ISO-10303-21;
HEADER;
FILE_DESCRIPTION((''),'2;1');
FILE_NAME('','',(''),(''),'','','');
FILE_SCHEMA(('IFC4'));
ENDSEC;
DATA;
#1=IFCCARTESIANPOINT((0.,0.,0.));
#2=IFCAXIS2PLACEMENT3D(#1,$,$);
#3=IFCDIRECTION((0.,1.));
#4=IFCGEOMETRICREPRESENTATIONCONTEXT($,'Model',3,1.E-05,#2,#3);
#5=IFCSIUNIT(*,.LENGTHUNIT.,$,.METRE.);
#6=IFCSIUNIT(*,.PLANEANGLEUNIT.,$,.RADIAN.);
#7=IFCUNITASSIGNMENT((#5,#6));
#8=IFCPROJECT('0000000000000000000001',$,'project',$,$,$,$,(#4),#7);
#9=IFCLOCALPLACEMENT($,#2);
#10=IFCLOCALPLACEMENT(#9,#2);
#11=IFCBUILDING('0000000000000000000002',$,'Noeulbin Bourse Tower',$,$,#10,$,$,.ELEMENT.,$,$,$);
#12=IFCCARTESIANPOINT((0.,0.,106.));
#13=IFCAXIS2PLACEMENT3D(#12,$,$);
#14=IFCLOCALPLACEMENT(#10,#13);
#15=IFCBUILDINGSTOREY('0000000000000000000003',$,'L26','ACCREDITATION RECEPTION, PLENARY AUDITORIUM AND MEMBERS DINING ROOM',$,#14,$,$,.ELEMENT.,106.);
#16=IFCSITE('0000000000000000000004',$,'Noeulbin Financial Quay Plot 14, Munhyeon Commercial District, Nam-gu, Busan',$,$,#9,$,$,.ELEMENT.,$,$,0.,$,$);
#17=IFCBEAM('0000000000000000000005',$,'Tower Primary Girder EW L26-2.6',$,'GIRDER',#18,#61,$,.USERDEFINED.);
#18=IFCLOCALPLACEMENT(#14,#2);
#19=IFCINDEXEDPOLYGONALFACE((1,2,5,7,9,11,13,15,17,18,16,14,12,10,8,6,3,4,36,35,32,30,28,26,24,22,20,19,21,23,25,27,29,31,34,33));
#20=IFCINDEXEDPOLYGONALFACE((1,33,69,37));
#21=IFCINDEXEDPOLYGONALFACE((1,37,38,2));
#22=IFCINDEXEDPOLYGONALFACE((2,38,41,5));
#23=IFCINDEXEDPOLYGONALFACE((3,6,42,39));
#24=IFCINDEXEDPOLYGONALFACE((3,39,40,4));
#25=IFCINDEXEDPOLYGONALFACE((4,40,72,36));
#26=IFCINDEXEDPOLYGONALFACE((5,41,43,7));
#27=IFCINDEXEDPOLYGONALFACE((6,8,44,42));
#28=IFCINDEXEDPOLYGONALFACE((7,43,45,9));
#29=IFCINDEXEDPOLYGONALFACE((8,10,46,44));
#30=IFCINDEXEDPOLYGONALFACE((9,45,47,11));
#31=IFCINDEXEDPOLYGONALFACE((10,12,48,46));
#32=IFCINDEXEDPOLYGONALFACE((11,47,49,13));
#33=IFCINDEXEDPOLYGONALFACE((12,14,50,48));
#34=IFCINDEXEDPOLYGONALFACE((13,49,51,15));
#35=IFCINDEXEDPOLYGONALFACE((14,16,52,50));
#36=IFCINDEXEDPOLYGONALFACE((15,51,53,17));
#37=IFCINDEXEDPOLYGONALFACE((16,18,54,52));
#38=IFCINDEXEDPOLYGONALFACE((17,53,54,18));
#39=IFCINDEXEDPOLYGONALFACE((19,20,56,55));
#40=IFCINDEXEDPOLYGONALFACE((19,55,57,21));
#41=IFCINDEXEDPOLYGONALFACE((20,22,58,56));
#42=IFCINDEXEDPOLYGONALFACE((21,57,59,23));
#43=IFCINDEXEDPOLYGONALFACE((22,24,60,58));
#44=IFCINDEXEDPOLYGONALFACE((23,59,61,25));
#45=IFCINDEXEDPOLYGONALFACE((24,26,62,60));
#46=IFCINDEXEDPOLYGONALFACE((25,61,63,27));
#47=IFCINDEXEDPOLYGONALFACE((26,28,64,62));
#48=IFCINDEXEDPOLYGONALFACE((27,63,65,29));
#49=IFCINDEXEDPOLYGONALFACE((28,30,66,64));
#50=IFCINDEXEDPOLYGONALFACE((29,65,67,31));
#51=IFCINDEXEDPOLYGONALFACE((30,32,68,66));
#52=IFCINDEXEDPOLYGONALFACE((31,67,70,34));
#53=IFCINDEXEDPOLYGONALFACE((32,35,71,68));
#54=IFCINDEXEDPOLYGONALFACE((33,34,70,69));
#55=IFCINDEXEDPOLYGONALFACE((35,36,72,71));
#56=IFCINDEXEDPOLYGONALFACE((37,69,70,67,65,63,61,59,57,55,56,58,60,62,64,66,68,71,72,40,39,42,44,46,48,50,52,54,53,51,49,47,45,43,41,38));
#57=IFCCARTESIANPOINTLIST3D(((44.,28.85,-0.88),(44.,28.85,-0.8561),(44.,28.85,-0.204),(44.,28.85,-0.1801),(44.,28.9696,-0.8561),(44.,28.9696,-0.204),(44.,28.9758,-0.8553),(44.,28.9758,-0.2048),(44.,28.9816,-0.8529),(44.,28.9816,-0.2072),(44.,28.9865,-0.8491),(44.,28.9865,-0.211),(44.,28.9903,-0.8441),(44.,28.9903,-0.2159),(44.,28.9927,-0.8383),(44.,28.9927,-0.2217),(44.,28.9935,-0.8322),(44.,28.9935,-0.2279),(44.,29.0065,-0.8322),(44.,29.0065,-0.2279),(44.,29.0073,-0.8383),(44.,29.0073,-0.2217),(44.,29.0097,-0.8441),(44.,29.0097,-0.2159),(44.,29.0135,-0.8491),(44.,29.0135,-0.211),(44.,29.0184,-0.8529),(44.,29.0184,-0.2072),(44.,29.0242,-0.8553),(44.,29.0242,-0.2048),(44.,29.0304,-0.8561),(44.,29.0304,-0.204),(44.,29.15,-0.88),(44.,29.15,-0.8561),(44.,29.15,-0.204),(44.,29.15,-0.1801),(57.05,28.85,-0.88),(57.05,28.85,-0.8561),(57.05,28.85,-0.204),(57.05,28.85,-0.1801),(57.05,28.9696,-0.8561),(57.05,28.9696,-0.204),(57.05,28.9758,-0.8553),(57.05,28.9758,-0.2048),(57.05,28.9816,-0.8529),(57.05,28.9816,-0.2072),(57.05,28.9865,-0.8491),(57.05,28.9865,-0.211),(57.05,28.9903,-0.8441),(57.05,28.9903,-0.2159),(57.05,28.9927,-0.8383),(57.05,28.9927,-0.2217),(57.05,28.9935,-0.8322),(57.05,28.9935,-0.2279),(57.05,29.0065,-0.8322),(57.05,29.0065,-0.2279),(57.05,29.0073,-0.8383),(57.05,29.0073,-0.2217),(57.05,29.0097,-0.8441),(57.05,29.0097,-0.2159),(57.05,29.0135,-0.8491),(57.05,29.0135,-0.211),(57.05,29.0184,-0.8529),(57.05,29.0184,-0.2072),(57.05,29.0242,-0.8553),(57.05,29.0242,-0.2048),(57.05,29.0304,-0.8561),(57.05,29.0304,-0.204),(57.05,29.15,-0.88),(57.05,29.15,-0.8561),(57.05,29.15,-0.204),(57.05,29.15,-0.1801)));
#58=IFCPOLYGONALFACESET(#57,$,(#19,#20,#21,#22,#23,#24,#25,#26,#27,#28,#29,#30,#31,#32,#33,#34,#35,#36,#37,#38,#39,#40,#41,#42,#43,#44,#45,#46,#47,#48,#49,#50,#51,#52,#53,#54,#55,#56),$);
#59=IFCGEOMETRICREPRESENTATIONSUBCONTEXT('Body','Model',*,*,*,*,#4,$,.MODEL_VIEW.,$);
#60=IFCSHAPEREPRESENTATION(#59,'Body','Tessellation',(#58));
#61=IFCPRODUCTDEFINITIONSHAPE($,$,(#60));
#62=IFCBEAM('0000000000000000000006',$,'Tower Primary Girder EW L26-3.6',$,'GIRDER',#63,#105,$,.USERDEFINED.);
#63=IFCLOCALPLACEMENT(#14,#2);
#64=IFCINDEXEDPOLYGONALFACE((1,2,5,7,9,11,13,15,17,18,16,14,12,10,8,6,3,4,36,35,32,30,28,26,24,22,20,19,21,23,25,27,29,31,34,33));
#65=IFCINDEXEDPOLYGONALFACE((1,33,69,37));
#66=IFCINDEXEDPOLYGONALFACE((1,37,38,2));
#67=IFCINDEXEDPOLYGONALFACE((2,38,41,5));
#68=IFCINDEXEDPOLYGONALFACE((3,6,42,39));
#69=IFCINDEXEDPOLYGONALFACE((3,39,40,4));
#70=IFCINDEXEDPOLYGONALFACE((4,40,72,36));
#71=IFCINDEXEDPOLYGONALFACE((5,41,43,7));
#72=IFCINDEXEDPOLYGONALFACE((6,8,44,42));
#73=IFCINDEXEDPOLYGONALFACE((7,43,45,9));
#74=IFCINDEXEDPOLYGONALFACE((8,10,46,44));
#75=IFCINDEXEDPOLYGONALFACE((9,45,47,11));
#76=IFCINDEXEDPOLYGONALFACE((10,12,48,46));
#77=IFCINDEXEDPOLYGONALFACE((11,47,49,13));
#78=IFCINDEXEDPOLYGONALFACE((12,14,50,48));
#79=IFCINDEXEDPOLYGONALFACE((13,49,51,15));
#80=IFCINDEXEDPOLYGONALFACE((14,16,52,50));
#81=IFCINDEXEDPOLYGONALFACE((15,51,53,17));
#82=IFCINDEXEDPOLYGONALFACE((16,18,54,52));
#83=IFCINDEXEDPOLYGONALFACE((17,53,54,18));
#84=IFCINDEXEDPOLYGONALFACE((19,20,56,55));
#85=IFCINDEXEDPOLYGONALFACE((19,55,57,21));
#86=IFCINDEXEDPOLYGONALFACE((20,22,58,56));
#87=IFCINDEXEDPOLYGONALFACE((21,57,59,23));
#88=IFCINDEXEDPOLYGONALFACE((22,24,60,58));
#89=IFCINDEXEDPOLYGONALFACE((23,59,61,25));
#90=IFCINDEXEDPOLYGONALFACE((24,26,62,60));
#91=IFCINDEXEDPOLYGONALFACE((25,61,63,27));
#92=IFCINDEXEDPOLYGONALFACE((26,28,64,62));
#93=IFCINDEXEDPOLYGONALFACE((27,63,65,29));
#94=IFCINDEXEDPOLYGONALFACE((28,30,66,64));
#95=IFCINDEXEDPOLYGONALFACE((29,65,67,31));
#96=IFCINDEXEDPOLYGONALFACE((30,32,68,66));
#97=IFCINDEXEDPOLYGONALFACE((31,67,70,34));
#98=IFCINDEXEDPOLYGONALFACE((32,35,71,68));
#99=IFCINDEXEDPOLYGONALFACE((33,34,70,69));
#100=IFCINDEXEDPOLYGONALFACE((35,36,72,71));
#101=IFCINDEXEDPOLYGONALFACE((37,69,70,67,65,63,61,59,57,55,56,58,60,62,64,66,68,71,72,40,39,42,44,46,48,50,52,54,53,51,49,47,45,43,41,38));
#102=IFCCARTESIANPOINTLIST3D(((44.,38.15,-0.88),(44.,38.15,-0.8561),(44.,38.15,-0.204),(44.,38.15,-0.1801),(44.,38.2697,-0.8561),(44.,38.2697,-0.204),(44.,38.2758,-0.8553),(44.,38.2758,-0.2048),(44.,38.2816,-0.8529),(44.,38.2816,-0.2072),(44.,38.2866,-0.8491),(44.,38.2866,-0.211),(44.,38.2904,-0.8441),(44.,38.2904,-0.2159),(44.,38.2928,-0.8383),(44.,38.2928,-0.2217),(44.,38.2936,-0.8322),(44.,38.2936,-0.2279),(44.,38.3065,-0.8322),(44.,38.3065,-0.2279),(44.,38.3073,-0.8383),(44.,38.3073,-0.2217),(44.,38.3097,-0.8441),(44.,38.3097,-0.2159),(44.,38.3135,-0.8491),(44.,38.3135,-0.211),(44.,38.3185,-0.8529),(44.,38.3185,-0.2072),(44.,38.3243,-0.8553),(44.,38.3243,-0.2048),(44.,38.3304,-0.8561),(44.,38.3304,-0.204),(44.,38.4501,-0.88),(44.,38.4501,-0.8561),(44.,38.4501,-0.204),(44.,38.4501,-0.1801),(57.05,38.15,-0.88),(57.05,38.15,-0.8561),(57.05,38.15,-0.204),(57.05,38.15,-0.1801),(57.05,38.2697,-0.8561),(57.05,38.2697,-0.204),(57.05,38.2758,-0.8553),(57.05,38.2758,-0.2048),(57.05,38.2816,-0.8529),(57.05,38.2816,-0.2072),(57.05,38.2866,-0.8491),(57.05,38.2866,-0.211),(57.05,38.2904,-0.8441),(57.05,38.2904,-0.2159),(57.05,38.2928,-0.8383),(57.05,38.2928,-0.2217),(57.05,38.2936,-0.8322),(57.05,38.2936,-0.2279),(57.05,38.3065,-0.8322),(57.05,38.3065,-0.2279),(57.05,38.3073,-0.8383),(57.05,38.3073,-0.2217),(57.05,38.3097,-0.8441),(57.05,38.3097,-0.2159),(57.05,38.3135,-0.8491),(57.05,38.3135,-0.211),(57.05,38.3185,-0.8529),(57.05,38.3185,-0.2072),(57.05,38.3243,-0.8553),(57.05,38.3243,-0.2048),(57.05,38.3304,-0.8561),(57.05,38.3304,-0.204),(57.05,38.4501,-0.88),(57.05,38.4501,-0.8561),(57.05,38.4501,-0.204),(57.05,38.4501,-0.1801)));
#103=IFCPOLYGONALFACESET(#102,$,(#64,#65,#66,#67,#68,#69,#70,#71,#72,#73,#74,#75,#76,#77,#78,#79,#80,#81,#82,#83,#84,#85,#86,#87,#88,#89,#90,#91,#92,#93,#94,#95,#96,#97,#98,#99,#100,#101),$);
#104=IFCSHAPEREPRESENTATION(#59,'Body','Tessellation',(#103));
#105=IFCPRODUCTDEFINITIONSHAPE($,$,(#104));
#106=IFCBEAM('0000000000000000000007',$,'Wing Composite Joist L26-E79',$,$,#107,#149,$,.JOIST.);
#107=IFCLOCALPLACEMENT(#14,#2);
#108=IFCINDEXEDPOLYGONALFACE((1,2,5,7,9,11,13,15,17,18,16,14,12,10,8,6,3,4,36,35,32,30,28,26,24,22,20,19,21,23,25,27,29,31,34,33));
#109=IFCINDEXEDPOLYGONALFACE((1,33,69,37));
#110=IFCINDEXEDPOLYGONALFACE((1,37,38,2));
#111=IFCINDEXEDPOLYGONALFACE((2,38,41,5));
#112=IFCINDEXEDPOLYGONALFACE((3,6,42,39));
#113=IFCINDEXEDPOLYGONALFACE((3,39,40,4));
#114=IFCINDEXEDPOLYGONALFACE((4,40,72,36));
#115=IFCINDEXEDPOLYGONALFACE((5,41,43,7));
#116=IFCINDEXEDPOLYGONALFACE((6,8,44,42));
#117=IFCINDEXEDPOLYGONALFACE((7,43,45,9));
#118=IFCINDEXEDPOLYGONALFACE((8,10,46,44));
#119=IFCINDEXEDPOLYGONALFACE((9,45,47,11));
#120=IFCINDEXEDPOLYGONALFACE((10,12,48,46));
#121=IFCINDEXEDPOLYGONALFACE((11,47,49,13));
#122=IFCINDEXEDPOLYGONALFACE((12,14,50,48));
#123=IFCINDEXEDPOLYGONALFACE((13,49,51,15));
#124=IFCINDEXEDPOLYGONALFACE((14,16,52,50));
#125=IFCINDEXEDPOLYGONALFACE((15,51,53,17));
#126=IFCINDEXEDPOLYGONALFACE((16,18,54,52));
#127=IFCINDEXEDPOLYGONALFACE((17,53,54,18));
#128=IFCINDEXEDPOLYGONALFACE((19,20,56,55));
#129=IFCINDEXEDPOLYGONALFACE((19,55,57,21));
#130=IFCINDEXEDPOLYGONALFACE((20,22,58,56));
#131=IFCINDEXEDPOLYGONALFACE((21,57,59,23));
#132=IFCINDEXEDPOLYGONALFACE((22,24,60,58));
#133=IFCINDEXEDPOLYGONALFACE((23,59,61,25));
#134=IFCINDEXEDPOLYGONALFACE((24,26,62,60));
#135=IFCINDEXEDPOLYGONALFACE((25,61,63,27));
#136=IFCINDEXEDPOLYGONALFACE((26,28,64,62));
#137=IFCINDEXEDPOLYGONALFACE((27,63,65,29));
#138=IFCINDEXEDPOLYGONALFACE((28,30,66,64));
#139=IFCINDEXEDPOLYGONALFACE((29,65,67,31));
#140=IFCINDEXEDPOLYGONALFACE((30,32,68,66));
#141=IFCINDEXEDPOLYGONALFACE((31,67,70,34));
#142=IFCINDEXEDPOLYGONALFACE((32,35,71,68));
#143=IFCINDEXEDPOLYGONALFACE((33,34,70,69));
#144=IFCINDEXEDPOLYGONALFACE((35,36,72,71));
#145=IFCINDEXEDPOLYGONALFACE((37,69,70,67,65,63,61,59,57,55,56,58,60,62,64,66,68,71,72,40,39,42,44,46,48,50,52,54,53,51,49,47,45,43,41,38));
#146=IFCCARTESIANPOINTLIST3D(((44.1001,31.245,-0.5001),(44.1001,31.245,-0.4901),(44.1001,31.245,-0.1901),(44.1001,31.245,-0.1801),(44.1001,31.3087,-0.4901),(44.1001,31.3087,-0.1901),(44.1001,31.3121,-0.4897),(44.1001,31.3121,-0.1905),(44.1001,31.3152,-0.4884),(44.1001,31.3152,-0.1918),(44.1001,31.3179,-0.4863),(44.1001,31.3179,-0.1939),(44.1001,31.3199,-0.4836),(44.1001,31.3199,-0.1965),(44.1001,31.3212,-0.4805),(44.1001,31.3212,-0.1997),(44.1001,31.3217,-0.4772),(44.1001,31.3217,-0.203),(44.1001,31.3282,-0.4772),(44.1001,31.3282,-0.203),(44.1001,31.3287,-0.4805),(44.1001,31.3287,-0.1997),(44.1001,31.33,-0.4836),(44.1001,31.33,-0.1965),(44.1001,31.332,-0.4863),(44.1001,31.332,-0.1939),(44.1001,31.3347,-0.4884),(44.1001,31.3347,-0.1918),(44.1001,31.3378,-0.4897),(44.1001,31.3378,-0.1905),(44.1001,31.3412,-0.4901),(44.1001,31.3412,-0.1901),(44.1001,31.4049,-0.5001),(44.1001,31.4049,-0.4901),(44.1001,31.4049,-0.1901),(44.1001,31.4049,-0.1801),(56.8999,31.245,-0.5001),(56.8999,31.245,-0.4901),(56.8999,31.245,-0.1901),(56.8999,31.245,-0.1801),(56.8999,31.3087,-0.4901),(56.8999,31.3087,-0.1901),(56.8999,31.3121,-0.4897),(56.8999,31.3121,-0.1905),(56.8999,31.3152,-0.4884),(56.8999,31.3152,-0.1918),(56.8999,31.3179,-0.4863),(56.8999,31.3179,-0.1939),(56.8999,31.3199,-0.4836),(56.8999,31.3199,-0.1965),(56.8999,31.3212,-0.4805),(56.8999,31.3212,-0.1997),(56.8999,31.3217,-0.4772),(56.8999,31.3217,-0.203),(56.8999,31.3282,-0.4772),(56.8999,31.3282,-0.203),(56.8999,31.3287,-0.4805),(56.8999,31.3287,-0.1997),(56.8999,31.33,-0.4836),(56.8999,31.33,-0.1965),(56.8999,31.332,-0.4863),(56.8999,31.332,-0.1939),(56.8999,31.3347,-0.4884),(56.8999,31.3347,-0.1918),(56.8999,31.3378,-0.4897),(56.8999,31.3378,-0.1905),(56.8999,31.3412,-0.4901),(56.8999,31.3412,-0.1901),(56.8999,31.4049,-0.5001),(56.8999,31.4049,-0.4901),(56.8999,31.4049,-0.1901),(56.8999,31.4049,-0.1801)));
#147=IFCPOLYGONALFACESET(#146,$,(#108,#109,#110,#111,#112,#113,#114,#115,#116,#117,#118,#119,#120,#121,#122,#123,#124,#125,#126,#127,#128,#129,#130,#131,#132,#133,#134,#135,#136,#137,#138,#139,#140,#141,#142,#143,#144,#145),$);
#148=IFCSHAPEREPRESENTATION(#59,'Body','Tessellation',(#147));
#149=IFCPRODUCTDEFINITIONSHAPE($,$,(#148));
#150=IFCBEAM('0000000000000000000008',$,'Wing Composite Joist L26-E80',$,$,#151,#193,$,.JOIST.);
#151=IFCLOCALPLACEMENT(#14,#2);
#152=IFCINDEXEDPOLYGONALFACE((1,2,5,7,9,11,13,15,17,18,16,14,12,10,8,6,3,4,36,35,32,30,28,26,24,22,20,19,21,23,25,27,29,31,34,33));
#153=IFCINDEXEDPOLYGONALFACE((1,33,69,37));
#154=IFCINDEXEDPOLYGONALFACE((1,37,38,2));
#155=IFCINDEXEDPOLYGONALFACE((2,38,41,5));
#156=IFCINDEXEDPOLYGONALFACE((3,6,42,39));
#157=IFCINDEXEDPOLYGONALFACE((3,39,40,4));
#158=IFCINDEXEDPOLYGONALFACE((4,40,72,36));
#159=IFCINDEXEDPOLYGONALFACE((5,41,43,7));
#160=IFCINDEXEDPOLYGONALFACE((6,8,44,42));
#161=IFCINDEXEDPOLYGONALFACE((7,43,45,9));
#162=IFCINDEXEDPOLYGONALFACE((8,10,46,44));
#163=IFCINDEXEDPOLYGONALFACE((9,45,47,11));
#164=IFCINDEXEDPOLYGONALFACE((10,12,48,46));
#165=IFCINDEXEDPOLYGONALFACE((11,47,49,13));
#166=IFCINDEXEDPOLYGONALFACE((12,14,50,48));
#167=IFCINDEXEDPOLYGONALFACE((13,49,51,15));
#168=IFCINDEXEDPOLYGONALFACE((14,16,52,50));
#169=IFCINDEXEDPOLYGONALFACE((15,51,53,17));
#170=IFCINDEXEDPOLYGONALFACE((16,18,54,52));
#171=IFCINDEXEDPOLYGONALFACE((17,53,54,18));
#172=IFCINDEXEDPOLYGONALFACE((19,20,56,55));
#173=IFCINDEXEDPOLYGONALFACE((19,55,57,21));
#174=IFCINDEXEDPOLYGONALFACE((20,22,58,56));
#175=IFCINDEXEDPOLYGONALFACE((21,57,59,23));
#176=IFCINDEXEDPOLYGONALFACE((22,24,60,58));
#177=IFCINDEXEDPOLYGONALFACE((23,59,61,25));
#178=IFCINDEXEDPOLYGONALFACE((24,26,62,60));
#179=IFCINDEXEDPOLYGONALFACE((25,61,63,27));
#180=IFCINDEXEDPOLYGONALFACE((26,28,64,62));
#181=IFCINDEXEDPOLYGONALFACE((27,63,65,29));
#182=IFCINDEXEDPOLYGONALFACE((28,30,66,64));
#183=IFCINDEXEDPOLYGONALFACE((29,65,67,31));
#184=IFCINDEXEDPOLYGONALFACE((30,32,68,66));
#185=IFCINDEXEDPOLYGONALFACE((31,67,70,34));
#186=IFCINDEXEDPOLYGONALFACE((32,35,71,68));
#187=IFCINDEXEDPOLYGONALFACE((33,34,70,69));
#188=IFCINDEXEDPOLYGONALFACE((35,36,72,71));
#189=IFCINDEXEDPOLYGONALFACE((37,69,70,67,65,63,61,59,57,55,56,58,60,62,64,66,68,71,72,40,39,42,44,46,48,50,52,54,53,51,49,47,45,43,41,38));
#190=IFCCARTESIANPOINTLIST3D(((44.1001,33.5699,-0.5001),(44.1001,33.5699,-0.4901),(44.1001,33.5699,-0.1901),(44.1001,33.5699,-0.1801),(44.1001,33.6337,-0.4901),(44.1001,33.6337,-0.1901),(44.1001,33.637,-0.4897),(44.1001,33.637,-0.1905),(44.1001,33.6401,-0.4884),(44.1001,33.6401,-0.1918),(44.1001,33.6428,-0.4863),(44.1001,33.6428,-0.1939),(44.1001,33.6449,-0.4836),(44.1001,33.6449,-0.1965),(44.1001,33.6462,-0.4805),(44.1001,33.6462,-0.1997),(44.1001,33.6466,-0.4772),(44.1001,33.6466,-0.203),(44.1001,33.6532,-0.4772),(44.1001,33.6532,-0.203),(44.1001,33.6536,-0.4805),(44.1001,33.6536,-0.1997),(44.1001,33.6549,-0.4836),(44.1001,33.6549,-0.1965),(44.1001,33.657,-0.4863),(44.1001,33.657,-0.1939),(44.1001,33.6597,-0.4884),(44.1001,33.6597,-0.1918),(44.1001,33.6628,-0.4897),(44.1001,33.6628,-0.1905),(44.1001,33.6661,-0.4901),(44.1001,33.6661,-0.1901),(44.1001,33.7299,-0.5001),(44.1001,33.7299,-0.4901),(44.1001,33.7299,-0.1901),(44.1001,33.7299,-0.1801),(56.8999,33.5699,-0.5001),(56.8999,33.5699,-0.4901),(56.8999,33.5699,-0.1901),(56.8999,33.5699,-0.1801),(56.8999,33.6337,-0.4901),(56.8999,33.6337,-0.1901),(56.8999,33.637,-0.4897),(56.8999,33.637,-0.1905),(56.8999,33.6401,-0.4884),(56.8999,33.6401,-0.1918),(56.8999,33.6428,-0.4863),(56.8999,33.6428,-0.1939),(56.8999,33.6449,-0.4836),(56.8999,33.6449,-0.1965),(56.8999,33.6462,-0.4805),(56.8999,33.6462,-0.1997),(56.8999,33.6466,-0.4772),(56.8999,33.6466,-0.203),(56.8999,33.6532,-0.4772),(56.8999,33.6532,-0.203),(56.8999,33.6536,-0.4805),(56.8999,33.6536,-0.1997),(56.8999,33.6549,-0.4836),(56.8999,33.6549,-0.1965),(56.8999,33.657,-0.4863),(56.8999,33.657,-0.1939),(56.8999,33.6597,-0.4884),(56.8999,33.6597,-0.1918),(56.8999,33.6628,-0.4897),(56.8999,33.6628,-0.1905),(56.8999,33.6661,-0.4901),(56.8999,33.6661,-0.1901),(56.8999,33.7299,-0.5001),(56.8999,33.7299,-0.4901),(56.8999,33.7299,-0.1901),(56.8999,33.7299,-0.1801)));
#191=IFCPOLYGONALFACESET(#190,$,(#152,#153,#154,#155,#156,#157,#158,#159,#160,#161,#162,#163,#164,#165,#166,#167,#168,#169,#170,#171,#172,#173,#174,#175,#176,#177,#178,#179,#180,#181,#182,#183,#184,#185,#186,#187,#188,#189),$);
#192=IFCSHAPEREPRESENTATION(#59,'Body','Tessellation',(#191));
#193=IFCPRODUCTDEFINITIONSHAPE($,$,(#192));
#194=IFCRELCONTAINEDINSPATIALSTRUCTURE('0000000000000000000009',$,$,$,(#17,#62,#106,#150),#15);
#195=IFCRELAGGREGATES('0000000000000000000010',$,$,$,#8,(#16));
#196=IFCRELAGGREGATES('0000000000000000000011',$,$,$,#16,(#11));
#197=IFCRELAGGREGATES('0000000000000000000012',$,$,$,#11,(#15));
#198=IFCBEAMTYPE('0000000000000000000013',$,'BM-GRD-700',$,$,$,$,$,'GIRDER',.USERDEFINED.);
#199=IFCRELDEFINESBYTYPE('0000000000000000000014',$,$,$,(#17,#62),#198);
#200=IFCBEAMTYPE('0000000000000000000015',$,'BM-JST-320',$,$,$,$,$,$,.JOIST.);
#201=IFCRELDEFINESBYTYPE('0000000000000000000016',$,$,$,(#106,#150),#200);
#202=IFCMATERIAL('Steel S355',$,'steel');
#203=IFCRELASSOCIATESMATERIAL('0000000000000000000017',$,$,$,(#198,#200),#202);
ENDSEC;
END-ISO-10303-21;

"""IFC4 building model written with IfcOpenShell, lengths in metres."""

from ifc_helpers import new_model, si_unit, direction, frame, origin, origin_2d, place, context, subcontext, project, spatial, i_section, extrude, material, material_profile, profile_set, type_object, element, save


model = new_model("IFC4")

# Units and contexts
model_context = context("Model", 3, precision=1e-05, world=origin(), true_north=direction((0.0, 1.0)))
body_context = subcontext(model_context, "Body", "Model", "MODEL_VIEW")
ifc_project = project(units=[si_unit("LENGTHUNIT", "METRE"), si_unit("PLANEANGLEUNIT", "RADIAN")], contexts=[model_context])

# Site, building, storey
site_placement = place(None, origin())
site = spatial("IfcSite", under=ifc_project, at=site_placement, Name="Noeulbin Financial Quay Plot 14, Munhyeon Commercial District, Nam-gu, Busan", CompositionType="ELEMENT", RefElevation=0.0)
building_placement = place(site_placement, origin())
building = spatial("IfcBuilding", under=site, at=building_placement, Name="Noeulbin Bourse Tower", CompositionType="ELEMENT")
storey_placement = place(building_placement, frame((0.0, 0.0, 106.0)))
storey = spatial("IfcBuildingStorey", under=building, at=storey_placement, Name="L26", Description="ACCREDITATION RECEPTION, PLENARY AUDITORIUM AND MEMBERS DINING ROOM", CompositionType="ELEMENT", Elevation=106.0)

# Shared definitions
ifc_material_1 = material(Name="Steel S355", Category="steel")

# Beams
ifc_material_profile_1 = material_profile(ifc_material_1, i_section(OverallWidth=0.3, OverallDepth=0.7, WebThickness=0.0129, FlangeThickness=0.0239, FilletRadius=0.0239, at=origin_2d()), Name="H-700x300x13x24", Category="LoadBearing")
ifc_profile_set_1 = profile_set([ifc_material_profile_1], Name="Steel S355")
beam_type_1 = type_object("IfcBeamType", Name="BM-GRD-700", ElementType="GIRDER", PredefinedType="USERDEFINED", material=ifc_profile_set_1)
for number, where, z_axis, x_axis, name in (
    (1, (44.0, 29.0, -0.53), (1.0, 0.0, 0.0), (0.0, 1.0, 0.0), "Tower Primary Girder EW L26-2.6"),
    (2, (44.0, 38.3, -0.53), (1.0, 0.0, 0.0), (0.0, 1.0, 0.0), "Tower Primary Girder EW L26-3.6"),
):
    element("IfcBeam", number, at=place(storey_placement, frame(where, z_axis=z_axis, x_axis=x_axis)), inside=storey, type_object=beam_type_1, Name=name, ObjectType="GIRDER", PredefinedType="USERDEFINED", context=body_context, shape_type="SweptSolid", body=[
        extrude(i_section(OverallWidth=0.3, OverallDepth=0.7, WebThickness=0.0129, FlangeThickness=0.0239, FilletRadius=0.0239, at=origin_2d()), origin(), (0.0, 0.0, 1.0), 13.05),
    ])
ifc_material_profile_2 = material_profile(ifc_material_1, i_section(OverallWidth=0.1599, OverallDepth=0.3201, WebThickness=0.0066, FlangeThickness=0.01, FilletRadius=0.0129, at=origin_2d()), Name="H-320x160x6.5x10", Category="LoadBearing")
ifc_profile_set_2 = profile_set([ifc_material_profile_2], Name="Steel S355")
beam_type_2 = type_object("IfcBeamType", Name="BM-JST-320", PredefinedType="JOIST", material=ifc_profile_set_2)
for number, where, z_axis, x_axis, name in (
    (3, (44.1001, 31.325, -0.3401), (1.0, 0.0, 0.0), (0.0, 1.0, 0.0), "Wing Composite Joist L26-E79"),
    (4, (44.1001, 33.6499, -0.3401), (1.0, 0.0, 0.0), (0.0, 1.0, 0.0), "Wing Composite Joist L26-E80"),
):
    element("IfcBeam", number, at=place(storey_placement, frame(where, z_axis=z_axis, x_axis=x_axis)), inside=storey, type_object=beam_type_2, Name=name, PredefinedType="JOIST", context=body_context, shape_type="SweptSolid", body=[
        extrude(i_section(OverallWidth=0.1599, OverallDepth=0.3201, WebThickness=0.0066, FlangeThickness=0.01, FilletRadius=0.0129, at=origin_2d()), origin(), (0.0, 0.0, 1.0), 12.7998),
    ])

save(model, "model.ifc")
